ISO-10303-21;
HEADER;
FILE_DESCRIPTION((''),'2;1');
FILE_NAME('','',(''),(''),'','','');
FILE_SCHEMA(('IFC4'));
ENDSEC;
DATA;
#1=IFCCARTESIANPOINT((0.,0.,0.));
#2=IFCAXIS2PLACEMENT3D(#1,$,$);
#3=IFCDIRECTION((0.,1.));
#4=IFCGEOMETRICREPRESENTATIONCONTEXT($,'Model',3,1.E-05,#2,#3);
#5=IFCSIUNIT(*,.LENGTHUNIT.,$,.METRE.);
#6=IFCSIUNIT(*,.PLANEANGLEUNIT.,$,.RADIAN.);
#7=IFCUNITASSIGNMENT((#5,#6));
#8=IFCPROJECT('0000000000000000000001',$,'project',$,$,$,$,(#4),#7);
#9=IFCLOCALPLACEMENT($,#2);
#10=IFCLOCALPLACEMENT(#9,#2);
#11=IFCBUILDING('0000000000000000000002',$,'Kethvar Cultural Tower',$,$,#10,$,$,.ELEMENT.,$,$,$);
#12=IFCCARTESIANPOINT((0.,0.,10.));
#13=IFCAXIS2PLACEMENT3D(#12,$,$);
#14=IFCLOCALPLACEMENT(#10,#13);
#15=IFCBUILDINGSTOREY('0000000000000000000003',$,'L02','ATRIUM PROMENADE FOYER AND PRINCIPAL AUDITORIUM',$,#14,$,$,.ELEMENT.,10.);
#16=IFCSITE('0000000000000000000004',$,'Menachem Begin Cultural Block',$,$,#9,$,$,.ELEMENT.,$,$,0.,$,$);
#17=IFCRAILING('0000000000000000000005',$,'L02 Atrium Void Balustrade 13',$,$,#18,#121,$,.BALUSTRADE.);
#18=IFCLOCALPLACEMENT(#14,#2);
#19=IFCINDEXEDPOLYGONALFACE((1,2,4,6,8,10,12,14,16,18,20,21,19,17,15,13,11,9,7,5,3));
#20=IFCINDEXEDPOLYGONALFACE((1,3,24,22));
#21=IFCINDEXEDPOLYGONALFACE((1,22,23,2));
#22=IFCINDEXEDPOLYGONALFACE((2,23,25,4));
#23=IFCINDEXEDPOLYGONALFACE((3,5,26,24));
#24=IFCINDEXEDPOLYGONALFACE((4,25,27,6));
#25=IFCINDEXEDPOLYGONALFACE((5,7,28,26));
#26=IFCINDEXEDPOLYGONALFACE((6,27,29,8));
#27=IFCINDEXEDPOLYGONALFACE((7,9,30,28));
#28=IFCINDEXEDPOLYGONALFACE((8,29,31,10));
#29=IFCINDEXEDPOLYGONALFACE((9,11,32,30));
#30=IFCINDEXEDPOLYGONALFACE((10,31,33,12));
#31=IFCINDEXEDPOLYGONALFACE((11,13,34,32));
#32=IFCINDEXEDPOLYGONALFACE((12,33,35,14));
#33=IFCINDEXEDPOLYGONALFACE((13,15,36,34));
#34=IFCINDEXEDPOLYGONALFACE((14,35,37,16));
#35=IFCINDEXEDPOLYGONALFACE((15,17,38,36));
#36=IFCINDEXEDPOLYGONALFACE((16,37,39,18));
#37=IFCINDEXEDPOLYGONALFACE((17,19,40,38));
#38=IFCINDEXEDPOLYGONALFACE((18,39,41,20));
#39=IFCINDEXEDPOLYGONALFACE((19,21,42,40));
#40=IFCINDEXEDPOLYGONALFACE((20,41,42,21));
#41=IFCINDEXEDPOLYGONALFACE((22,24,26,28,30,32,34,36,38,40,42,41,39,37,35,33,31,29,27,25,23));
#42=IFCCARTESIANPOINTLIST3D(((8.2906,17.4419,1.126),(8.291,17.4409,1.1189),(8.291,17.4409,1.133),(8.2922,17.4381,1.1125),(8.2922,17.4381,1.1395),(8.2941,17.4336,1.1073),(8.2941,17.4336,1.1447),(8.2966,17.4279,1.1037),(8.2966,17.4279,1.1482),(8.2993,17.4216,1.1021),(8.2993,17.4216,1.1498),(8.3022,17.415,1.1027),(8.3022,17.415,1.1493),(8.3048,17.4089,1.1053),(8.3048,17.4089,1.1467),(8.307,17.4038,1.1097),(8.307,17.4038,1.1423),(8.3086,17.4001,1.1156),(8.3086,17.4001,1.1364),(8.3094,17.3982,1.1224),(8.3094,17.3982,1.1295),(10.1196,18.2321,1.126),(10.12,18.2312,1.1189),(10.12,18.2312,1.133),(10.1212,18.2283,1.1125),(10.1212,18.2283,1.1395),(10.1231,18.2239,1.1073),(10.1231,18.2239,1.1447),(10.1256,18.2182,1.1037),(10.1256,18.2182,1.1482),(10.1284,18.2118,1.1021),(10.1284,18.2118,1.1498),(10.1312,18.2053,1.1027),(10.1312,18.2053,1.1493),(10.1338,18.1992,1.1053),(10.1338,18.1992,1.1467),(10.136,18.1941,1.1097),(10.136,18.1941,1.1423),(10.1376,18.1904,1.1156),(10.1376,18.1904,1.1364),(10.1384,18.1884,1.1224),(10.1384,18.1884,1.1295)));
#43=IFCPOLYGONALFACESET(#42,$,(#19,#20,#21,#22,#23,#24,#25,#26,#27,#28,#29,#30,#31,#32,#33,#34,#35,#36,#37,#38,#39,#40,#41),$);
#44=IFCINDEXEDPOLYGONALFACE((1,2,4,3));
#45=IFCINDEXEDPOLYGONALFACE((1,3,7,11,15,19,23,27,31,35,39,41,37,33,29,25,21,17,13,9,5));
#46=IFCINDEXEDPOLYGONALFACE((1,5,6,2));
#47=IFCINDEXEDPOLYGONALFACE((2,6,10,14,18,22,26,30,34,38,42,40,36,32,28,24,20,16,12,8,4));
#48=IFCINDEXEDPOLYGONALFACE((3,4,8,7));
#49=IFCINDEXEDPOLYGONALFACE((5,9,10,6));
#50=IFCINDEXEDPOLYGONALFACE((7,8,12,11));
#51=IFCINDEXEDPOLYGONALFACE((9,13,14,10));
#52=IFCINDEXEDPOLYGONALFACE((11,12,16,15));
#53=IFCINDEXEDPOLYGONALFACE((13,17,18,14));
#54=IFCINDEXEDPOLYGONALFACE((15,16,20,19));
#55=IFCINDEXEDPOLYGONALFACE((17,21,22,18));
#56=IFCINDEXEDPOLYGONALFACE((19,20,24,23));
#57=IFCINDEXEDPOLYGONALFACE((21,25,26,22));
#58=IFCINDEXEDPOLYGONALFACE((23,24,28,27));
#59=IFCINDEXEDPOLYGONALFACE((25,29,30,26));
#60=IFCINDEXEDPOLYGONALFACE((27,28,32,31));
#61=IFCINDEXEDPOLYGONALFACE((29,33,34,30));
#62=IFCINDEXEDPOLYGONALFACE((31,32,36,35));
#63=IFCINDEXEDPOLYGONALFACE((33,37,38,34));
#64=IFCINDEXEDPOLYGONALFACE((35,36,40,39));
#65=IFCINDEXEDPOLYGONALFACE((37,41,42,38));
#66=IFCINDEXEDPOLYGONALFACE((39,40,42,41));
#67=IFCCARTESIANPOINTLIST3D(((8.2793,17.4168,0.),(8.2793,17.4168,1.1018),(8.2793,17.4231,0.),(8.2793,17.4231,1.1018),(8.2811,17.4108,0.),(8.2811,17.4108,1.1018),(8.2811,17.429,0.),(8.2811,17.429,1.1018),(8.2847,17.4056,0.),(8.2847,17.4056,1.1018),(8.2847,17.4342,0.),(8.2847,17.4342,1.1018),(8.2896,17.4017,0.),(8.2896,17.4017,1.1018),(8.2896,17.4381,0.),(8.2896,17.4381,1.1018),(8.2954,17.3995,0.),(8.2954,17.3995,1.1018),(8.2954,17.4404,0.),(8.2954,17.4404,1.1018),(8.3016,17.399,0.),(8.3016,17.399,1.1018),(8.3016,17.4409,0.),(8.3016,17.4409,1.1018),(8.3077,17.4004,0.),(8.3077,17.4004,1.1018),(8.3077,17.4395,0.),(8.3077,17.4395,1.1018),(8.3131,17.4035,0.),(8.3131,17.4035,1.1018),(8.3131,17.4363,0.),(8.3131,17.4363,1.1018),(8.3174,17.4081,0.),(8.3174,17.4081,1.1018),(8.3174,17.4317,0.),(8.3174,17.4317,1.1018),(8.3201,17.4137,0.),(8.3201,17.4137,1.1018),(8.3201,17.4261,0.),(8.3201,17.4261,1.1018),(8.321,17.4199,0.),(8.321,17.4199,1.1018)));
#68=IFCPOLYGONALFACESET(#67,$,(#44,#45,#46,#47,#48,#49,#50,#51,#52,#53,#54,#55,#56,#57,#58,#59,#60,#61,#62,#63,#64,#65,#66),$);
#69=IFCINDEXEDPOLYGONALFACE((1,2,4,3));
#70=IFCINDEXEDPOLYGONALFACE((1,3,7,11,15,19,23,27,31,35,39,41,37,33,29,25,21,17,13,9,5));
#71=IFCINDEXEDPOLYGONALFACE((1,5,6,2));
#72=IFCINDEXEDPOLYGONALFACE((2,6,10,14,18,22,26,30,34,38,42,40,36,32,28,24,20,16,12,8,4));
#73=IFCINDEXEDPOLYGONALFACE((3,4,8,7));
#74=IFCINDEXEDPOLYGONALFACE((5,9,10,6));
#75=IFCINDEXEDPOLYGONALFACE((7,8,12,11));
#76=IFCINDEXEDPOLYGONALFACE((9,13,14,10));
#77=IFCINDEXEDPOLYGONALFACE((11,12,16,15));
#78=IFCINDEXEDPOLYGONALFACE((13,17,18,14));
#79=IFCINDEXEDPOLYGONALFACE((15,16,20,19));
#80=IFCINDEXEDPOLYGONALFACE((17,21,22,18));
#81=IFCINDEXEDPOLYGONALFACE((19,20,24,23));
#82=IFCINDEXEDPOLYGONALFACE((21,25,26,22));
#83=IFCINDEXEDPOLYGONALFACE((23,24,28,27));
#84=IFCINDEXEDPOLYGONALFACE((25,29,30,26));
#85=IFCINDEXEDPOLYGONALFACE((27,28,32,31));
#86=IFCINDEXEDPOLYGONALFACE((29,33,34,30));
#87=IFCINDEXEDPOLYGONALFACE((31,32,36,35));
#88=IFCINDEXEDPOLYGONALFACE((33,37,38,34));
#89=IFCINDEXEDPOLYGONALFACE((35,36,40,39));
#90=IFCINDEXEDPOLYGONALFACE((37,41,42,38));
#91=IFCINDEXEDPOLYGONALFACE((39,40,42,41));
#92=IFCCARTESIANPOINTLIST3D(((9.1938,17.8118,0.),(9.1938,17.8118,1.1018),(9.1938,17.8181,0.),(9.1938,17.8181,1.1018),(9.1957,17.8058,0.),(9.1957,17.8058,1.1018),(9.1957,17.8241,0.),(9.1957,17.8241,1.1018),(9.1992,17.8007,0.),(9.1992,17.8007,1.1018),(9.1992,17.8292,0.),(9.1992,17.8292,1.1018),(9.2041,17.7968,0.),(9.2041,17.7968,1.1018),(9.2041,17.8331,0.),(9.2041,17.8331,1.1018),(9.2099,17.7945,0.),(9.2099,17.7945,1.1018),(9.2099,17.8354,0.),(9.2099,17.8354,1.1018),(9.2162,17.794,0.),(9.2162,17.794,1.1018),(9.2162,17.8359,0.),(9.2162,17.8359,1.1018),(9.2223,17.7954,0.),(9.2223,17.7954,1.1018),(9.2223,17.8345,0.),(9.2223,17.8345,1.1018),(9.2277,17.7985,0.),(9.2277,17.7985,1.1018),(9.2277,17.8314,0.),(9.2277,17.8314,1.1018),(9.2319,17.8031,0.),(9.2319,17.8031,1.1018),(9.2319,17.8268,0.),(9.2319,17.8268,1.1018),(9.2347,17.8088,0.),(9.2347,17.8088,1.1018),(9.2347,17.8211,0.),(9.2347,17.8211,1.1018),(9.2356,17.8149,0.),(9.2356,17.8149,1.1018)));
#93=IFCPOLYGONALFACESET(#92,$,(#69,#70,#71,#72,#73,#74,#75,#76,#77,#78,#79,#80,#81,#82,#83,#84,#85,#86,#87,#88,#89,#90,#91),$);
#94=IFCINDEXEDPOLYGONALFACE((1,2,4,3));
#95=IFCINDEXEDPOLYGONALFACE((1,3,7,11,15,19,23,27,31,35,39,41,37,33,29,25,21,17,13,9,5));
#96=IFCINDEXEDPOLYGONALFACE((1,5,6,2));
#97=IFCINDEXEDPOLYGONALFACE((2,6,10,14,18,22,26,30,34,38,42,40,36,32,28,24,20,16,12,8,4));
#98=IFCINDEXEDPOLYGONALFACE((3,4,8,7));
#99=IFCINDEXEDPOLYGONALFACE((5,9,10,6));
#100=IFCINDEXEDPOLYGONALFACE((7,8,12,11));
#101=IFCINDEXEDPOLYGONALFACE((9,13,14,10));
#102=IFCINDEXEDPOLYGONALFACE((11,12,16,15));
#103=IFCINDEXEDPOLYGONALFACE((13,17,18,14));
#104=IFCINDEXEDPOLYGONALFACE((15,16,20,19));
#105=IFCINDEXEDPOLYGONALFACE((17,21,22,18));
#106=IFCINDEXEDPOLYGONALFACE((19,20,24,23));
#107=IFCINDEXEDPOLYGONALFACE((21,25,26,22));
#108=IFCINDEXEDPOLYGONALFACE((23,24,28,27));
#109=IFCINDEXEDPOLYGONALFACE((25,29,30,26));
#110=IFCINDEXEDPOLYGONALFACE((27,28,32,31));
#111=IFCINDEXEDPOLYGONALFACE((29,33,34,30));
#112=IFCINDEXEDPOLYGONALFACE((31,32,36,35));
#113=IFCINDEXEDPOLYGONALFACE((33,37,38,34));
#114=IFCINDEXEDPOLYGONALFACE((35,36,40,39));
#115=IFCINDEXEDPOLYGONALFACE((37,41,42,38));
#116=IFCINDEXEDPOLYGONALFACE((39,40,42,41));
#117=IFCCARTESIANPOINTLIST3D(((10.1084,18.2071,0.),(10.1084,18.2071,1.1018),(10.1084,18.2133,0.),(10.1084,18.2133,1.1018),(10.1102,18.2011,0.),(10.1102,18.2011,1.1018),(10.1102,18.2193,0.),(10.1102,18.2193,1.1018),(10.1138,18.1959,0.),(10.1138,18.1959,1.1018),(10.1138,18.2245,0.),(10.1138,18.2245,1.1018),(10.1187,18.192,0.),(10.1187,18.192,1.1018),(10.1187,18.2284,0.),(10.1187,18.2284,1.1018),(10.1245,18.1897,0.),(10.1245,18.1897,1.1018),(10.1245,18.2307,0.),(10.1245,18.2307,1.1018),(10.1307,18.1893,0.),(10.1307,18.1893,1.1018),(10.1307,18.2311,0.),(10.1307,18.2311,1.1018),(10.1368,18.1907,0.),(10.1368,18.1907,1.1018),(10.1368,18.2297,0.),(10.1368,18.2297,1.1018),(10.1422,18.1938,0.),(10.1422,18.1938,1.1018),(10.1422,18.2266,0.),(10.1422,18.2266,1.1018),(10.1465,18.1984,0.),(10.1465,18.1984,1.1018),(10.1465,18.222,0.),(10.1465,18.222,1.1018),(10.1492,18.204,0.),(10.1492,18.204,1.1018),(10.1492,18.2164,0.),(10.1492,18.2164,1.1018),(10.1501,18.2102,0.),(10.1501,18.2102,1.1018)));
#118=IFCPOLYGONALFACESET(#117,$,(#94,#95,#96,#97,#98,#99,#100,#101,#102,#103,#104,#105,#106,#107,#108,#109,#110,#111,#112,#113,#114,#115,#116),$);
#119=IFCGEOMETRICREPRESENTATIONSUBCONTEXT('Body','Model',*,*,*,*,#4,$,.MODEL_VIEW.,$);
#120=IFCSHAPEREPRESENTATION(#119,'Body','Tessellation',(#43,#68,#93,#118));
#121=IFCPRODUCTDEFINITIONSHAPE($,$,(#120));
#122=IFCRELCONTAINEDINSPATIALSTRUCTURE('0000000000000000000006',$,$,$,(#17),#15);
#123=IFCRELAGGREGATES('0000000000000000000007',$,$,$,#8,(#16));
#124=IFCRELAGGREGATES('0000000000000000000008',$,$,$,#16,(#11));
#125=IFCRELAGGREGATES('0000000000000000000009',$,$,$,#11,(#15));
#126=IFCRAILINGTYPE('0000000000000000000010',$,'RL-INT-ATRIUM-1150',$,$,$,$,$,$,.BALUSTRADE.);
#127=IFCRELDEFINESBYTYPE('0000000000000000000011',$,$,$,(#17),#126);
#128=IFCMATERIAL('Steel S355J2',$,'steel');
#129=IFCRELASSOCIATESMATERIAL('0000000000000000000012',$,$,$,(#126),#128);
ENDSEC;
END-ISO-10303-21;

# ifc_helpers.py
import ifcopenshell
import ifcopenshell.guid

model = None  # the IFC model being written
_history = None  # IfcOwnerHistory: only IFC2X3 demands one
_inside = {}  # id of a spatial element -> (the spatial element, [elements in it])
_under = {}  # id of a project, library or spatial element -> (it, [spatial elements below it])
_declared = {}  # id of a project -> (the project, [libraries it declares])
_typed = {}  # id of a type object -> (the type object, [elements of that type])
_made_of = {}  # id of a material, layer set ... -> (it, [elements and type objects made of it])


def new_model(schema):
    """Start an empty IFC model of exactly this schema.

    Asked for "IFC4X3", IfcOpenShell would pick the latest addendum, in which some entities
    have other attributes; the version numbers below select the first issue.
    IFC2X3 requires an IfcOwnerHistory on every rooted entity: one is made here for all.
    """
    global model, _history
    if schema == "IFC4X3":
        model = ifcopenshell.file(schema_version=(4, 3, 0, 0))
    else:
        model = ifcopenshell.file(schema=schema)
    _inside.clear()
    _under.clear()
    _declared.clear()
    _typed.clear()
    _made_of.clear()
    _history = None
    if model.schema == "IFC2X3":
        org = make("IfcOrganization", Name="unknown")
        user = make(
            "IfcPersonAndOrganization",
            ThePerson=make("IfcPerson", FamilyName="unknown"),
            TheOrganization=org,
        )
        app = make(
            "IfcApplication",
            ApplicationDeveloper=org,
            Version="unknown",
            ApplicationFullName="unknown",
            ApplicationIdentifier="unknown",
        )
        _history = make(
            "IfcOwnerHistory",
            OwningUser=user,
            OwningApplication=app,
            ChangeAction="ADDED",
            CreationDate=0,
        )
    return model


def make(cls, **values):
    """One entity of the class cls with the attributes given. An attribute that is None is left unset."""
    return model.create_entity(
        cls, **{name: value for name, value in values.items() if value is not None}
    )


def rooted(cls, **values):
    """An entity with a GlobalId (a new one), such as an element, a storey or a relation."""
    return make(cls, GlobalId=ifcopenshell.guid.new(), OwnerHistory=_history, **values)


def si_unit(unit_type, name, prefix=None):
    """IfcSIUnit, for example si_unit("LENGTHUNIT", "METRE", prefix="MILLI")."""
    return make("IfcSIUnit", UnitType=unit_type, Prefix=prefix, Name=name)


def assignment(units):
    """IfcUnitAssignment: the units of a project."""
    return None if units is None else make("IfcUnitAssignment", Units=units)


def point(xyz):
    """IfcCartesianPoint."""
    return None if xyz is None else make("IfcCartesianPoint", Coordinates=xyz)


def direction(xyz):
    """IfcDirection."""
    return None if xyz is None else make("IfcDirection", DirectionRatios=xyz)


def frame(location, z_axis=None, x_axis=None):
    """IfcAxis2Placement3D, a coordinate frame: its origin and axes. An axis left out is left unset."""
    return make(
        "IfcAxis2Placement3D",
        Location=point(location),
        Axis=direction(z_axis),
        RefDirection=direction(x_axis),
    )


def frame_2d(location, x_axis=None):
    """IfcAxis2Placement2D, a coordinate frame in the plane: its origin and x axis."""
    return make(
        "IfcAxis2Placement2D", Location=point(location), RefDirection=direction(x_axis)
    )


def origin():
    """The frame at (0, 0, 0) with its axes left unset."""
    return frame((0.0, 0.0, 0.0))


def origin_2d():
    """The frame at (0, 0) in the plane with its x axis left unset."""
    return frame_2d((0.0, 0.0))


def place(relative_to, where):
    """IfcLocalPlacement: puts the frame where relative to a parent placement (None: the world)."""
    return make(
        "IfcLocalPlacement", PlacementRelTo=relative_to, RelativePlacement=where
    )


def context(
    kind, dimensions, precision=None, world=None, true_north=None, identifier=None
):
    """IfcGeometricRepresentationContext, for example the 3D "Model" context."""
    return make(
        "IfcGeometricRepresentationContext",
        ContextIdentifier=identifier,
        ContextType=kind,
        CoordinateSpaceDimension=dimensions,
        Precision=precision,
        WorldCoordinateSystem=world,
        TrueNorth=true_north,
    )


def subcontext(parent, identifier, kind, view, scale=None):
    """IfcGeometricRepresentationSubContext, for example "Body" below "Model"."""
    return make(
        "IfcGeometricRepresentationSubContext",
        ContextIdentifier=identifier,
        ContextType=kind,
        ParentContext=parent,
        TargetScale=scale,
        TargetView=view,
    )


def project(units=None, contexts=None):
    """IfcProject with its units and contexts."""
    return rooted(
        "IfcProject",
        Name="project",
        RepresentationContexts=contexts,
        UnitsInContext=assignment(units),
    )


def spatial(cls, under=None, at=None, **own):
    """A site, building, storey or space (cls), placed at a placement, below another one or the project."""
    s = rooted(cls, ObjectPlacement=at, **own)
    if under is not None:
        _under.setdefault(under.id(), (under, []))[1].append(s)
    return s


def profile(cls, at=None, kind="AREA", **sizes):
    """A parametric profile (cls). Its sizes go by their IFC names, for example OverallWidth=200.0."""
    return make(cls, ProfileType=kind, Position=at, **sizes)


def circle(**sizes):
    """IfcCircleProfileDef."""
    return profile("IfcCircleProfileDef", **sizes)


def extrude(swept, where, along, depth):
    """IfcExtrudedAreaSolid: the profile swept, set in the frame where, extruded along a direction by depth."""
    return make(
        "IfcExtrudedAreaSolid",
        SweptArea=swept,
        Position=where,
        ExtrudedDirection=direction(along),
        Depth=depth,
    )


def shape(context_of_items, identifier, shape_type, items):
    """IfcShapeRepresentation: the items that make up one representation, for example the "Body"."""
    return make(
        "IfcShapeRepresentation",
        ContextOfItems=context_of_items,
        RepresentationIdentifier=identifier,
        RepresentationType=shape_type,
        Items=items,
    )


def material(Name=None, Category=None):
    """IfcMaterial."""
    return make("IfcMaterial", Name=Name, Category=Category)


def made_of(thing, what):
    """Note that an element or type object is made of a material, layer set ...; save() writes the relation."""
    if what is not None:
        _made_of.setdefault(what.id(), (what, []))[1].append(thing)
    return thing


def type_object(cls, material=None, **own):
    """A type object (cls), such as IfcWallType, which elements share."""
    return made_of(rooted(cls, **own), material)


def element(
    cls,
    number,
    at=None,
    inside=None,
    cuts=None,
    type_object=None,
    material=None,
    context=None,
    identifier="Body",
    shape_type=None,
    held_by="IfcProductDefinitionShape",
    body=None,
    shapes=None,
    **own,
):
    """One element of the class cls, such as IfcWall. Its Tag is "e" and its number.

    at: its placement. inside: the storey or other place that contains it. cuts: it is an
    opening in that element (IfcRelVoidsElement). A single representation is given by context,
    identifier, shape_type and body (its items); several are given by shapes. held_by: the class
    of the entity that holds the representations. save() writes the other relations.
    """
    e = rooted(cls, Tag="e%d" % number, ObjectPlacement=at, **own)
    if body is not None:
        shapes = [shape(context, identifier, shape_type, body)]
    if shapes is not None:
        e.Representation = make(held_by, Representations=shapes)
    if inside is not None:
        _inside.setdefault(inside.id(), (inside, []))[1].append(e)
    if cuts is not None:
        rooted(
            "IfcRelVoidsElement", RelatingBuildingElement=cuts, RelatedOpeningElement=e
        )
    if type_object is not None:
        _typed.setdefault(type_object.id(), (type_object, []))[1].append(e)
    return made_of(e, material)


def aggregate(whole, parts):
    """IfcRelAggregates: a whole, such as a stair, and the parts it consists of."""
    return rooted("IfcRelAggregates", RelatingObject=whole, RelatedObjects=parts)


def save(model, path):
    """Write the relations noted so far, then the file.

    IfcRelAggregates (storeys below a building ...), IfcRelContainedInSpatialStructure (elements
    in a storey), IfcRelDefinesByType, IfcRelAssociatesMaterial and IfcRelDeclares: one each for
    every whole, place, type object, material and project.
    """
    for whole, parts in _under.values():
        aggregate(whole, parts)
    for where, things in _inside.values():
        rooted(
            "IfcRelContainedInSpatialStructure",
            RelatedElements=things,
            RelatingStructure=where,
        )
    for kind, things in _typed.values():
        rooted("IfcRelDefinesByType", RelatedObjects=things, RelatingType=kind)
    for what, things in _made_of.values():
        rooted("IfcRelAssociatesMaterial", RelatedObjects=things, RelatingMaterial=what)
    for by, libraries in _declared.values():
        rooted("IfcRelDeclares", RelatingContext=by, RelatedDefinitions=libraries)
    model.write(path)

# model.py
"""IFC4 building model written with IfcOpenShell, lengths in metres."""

from ifc_helpers import new_model, si_unit, direction, frame, origin, origin_2d, place, context, subcontext, project, spatial, circle, extrude, material, type_object, element, save


model = new_model("IFC4")

# Units and contexts
model_context = context("Model", 3, precision=1e-05, world=origin(), true_north=direction((0.0, 1.0)))
body_context = subcontext(model_context, "Body", "Model", "MODEL_VIEW")
ifc_project = project(units=[si_unit("LENGTHUNIT", "METRE"), si_unit("PLANEANGLEUNIT", "RADIAN")], contexts=[model_context])

# Site, building, storey
site_placement = place(None, origin())
site = spatial("IfcSite", under=ifc_project, at=site_placement, Name="Menachem Begin Cultural Block", CompositionType="ELEMENT", RefElevation=0.0)
building_placement = place(site_placement, origin())
building = spatial("IfcBuilding", under=site, at=building_placement, Name="Kethvar Cultural Tower", CompositionType="ELEMENT")
storey_placement = place(building_placement, frame((0.0, 0.0, 10.0)))
storey = spatial("IfcBuildingStorey", under=building, at=storey_placement, Name="L02", Description="ATRIUM PROMENADE FOYER AND PRINCIPAL AUDITORIUM", CompositionType="ELEMENT", Elevation=10.0)

# Shared definitions
ifc_material_1 = material(Name="Steel S355J2", Category="steel")

# Railing
railing_type = type_object("IfcRailingType", Name="RL-INT-ATRIUM-1150", PredefinedType="BALUSTRADE", material=ifc_material_1)
railing_1_placement = place(storey_placement, frame((8.3, 17.4199, 0.0)))
element("IfcRailing", 1, at=railing_1_placement, inside=storey, type_object=railing_type, Name="L02 Atrium Void Balustrade 13", PredefinedType="BALUSTRADE", context=body_context, shape_type="SweptSolid", body=[
    extrude(circle(Radius=0.0239, at=origin_2d()), frame((0.0, 0.0, 1.126), z_axis=(0.917981, 0.396624, 0.0), x_axis=(-0.396624, 0.917981, 0.0)), (0.0, 0.0, 1.0), 1.9924),
    extrude(circle(Radius=0.021, at=origin_2d()), origin(), (0.0, 0.0, 1.0), 1.1018),
    extrude(circle(Radius=0.021, at=origin_2d()), frame((0.9146, 0.395, 0.0)), (0.0, 0.0, 1.0), 1.1018),
    extrude(circle(Radius=0.021, at=origin_2d()), frame((1.8291, 0.7903, 0.0)), (0.0, 0.0, 1.0), 1.1018),
])

save(model, "model.ifc")
